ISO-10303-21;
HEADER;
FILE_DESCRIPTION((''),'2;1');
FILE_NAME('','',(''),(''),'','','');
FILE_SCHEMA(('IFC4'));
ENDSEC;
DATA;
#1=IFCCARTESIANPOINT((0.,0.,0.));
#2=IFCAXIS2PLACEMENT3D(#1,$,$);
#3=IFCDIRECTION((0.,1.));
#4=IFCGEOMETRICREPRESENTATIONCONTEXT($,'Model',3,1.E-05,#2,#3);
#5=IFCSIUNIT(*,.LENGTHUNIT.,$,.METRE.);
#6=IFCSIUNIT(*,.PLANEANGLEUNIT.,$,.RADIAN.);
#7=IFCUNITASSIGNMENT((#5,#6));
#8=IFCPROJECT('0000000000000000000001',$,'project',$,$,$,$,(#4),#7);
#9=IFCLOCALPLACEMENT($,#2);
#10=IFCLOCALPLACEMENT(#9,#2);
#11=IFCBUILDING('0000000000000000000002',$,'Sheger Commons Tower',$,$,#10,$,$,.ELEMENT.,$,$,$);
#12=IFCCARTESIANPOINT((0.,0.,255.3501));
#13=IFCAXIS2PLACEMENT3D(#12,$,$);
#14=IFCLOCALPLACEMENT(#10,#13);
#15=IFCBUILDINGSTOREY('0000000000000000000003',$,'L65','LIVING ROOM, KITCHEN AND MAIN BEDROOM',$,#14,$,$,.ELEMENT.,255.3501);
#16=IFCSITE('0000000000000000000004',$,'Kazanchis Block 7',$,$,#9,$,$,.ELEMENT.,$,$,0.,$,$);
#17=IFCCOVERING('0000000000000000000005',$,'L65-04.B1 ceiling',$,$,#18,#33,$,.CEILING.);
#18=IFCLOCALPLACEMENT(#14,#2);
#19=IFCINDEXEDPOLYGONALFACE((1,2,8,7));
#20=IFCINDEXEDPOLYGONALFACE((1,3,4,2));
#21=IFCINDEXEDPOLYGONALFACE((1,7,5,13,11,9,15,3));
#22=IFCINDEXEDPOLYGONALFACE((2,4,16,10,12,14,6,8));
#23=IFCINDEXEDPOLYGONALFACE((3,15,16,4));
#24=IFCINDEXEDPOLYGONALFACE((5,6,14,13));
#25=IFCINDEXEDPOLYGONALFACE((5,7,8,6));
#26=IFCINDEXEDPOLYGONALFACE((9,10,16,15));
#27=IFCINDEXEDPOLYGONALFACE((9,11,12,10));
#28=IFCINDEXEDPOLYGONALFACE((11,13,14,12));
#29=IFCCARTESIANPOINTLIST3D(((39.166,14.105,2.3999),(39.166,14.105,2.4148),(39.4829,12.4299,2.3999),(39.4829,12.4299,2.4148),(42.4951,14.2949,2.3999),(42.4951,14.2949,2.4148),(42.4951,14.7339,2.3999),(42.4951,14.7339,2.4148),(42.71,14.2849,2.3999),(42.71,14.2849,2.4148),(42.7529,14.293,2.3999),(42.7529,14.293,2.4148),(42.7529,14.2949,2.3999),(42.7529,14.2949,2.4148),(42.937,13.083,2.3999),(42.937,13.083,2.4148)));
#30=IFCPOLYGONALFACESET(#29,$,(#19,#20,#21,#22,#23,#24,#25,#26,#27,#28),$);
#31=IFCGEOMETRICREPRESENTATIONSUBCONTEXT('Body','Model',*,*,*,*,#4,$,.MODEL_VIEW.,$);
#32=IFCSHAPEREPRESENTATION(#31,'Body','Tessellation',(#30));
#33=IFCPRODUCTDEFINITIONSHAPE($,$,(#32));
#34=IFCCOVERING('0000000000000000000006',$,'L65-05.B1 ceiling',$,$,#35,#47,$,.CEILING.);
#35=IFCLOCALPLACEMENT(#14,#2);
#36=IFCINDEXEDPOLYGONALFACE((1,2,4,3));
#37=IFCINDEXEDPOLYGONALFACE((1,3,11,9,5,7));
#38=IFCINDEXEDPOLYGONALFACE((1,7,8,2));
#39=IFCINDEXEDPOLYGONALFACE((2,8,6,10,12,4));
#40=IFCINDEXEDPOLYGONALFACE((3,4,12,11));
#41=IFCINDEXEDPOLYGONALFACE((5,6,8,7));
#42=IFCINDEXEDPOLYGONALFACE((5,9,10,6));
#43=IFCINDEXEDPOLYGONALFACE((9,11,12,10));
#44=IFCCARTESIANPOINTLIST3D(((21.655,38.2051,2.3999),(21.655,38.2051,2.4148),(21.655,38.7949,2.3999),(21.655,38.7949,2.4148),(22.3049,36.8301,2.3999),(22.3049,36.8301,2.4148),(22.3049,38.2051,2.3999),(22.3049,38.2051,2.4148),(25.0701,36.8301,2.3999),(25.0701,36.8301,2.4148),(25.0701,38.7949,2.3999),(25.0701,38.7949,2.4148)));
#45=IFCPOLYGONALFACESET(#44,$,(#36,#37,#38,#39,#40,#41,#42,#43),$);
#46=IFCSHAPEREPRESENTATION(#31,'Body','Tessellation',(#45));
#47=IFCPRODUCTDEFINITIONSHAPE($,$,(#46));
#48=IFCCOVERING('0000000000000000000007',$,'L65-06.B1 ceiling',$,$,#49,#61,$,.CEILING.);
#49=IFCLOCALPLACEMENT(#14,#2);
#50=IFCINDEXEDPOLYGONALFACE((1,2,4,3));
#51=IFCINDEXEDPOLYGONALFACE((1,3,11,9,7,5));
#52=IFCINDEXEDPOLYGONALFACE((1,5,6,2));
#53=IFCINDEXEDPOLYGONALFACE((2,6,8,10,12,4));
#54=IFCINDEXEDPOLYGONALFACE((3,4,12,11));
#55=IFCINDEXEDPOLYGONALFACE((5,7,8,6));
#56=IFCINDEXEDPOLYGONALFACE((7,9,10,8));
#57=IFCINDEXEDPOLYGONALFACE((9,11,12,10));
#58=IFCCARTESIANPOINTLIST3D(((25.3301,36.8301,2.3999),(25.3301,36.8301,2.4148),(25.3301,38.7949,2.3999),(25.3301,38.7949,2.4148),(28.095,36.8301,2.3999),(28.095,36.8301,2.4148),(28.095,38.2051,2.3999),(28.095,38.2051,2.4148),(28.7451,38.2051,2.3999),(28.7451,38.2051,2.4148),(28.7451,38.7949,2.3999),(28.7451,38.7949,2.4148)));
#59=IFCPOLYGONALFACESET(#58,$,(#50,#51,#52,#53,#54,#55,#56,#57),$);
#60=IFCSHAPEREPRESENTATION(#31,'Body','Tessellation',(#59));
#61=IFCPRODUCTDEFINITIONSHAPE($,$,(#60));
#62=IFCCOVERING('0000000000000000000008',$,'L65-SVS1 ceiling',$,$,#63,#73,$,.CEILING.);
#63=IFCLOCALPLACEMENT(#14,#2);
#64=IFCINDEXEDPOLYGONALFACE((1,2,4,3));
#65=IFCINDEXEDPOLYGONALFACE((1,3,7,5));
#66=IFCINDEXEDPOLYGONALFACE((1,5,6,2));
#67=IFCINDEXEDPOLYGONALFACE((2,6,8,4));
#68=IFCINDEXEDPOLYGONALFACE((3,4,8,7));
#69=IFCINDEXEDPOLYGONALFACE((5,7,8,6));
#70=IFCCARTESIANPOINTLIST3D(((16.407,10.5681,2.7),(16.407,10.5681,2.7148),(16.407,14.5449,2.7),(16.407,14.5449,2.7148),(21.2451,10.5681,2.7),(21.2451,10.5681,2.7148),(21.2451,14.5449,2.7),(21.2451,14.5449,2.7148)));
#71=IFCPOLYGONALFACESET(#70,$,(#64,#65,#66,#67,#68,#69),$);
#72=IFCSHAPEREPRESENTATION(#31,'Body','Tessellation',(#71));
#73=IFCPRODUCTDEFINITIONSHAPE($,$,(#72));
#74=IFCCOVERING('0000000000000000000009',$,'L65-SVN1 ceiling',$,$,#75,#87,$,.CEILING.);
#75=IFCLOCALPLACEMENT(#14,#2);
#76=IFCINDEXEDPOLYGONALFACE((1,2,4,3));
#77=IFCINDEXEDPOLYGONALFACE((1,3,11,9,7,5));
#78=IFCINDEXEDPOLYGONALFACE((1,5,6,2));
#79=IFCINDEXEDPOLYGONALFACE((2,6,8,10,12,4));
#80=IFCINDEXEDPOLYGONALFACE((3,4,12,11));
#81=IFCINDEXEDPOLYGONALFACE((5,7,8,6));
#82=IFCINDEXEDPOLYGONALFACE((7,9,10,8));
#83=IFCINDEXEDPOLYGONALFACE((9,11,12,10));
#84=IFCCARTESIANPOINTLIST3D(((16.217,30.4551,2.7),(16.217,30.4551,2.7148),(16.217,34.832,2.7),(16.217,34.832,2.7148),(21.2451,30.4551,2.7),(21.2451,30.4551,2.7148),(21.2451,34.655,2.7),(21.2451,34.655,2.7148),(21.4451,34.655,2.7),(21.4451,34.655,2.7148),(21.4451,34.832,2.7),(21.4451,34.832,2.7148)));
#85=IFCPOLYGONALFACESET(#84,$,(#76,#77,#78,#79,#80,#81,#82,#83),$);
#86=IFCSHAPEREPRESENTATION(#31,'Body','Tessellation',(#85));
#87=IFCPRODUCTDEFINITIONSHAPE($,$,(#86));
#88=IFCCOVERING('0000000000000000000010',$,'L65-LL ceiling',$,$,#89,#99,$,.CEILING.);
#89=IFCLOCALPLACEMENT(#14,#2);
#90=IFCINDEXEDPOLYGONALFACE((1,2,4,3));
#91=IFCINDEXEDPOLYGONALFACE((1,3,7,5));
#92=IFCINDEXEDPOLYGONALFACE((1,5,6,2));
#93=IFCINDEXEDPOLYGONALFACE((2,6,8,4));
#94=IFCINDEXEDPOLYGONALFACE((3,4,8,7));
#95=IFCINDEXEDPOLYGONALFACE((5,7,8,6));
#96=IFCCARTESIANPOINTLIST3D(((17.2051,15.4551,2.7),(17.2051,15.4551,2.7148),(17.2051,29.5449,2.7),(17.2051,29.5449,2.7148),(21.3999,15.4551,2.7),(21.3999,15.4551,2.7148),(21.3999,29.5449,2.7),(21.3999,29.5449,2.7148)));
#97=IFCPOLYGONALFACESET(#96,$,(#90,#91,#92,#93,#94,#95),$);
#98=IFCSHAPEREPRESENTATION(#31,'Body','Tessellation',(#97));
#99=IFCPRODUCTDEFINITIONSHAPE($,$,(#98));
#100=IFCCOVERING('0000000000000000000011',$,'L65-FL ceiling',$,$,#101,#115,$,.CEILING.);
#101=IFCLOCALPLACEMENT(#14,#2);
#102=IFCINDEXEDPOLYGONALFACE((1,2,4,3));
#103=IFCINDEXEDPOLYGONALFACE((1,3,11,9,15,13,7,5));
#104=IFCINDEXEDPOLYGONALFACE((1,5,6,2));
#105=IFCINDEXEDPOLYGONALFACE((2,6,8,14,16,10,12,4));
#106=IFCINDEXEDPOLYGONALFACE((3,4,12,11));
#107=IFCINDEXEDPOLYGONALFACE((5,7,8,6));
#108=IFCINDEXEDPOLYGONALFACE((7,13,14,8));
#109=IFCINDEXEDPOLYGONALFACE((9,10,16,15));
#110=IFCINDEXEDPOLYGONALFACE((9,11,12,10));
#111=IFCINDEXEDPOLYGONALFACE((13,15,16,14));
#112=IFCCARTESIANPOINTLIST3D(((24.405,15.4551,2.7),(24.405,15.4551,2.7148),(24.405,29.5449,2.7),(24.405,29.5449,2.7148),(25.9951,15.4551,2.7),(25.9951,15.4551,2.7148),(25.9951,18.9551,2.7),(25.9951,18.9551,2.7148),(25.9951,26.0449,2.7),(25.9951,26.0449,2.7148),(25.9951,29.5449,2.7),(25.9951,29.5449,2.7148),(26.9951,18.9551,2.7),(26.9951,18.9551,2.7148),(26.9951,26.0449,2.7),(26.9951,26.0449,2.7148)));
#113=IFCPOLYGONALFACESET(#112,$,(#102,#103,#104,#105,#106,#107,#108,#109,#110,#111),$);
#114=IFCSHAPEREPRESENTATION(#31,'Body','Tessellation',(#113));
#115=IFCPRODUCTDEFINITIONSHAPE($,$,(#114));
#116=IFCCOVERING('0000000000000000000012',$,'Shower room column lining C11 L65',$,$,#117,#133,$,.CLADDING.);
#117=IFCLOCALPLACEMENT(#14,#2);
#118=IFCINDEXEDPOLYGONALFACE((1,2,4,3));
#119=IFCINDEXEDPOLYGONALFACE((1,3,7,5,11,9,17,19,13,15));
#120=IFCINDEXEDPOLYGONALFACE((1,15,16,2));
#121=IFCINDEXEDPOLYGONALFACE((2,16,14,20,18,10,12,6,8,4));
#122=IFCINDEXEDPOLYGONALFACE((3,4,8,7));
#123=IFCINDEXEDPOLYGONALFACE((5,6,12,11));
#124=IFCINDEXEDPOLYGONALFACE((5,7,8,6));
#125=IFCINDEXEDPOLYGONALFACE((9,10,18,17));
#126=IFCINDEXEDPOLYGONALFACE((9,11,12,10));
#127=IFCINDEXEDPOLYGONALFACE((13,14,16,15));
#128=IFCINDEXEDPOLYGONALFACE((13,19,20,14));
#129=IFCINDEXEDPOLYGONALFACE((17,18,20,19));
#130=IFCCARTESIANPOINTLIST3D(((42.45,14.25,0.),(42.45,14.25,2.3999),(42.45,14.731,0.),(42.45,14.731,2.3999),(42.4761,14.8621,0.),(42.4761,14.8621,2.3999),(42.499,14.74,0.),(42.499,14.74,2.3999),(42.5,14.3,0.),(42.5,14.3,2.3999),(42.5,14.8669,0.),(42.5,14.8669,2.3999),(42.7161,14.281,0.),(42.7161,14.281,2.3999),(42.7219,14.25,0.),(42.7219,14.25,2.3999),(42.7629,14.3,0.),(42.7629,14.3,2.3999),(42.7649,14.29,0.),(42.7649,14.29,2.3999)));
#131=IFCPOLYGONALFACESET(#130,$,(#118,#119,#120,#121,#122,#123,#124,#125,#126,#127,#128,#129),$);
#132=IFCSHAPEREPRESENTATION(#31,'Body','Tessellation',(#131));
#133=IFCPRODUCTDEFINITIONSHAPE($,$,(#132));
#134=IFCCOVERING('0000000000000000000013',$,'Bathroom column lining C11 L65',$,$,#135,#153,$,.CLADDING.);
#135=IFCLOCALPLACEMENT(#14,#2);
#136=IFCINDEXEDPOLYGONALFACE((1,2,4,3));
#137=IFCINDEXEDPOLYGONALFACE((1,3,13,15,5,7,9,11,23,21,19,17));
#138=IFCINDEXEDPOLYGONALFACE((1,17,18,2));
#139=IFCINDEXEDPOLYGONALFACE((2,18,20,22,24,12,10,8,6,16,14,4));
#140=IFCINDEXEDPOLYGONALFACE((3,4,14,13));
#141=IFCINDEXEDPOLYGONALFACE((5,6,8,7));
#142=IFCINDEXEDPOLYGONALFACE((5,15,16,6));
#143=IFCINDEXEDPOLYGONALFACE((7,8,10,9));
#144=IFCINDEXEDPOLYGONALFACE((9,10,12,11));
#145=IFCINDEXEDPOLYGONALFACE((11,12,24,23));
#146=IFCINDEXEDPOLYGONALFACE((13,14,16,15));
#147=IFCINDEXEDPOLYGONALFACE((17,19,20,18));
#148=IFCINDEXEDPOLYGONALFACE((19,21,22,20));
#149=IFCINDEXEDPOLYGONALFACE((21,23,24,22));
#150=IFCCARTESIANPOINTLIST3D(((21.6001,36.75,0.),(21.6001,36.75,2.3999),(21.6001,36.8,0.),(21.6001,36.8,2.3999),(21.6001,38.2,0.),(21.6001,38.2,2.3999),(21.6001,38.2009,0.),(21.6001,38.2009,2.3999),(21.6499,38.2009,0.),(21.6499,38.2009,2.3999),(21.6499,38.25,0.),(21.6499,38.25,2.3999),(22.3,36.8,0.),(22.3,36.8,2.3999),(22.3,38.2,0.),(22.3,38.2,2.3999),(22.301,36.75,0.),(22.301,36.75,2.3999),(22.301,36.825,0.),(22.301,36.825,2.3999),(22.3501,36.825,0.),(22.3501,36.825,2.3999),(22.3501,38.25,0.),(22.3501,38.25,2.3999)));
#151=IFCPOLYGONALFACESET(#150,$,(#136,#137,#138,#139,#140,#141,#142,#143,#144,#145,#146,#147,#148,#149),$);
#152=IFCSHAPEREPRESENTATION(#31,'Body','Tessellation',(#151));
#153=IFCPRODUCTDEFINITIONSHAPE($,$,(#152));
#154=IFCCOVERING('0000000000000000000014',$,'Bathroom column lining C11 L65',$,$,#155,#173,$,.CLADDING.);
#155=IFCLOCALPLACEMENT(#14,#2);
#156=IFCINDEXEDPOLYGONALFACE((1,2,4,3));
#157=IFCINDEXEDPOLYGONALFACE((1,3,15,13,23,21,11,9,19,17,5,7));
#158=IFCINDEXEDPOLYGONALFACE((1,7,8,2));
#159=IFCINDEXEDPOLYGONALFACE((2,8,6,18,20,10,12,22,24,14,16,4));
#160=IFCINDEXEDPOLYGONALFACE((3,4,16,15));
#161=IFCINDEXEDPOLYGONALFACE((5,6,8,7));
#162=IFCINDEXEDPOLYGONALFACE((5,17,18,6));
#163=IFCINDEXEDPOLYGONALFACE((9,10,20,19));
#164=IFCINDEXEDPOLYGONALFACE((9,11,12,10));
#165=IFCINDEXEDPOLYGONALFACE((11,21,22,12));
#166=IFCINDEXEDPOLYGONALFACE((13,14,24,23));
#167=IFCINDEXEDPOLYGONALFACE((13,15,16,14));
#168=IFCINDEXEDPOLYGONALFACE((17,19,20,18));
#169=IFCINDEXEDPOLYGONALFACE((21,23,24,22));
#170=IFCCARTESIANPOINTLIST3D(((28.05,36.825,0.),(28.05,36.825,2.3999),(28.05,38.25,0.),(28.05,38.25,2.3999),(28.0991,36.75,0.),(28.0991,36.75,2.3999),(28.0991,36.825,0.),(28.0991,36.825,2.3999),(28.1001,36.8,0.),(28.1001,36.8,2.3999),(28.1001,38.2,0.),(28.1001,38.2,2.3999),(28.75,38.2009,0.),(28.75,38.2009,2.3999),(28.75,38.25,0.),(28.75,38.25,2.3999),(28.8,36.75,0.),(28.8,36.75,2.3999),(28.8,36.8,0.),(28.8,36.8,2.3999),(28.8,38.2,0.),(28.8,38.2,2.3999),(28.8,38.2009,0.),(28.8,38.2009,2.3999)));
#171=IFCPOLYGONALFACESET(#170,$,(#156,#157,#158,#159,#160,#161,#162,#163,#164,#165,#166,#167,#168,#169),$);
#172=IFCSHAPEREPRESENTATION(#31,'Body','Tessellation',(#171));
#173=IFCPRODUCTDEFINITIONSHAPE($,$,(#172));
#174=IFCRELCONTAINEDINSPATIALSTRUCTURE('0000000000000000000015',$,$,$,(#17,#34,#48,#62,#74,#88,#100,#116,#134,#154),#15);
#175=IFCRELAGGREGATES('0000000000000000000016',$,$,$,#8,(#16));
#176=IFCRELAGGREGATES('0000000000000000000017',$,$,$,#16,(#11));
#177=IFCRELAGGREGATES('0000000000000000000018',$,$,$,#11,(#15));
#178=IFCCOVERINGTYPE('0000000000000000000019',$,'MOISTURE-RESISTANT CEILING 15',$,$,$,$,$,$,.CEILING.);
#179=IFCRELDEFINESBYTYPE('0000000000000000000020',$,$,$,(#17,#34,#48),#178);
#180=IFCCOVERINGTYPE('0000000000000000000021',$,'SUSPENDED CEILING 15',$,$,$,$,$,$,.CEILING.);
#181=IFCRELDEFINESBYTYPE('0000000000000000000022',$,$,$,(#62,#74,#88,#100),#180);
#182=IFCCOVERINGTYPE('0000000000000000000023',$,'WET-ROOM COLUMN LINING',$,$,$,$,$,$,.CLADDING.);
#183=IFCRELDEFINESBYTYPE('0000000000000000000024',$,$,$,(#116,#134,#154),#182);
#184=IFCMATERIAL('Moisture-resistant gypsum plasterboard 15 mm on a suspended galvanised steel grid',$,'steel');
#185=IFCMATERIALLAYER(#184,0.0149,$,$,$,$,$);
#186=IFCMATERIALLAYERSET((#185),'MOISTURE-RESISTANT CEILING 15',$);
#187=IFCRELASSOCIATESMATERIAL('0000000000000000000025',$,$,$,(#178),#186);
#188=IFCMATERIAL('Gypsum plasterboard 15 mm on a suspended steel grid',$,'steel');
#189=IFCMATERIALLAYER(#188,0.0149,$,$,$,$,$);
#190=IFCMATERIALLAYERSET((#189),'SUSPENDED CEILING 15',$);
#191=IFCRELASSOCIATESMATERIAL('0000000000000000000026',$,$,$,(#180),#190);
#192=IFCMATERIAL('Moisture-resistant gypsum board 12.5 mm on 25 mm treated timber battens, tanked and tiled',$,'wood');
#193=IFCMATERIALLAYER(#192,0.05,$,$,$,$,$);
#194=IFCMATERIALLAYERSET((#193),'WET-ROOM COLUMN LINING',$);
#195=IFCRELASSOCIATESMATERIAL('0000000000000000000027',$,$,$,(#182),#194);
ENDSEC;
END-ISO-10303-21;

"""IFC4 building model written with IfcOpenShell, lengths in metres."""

from ifc_helpers import new_model, si_unit, direction, frame, origin, place, context, subcontext, project, spatial, polyline, outline, extrude, material, layer, layer_set, type_object, element, save


model = new_model("IFC4")

# Units and contexts
model_context = context("Model", 3, precision=1e-05, world=origin(), true_north=direction((0.0, 1.0)))
body_context = subcontext(model_context, "Body", "Model", "MODEL_VIEW")
ifc_project = project(units=[si_unit("LENGTHUNIT", "METRE"), si_unit("PLANEANGLEUNIT", "RADIAN")], contexts=[model_context])

# Site, building, storey
site_placement = place(None, origin())
site = spatial("IfcSite", under=ifc_project, at=site_placement, Name="Kazanchis Block 7", CompositionType="ELEMENT", RefElevation=0.0)
building_placement = place(site_placement, origin())
building = spatial("IfcBuilding", under=site, at=building_placement, Name="Sheger Commons Tower", CompositionType="ELEMENT")
storey_placement = place(building_placement, frame((0.0, 0.0, 255.3501)))
storey = spatial("IfcBuildingStorey", under=building, at=storey_placement, Name="L65", Description="LIVING ROOM, KITCHEN AND MAIN BEDROOM", CompositionType="ELEMENT", Elevation=255.3501)

# Coverings
ifc_material_1 = material(Name="Moisture-resistant gypsum plasterboard 15 mm on a suspended galvanised steel grid", Category="steel")
ifc_layer_1 = layer(ifc_material_1, 0.0149)
ifc_layer_set_1 = layer_set([ifc_layer_1], Name="MOISTURE-RESISTANT CEILING 15")
covering_type_1 = type_object("IfcCoveringType", Name="MOISTURE-RESISTANT CEILING 15", PredefinedType="CEILING", material=ifc_layer_set_1)
covering_1_placement = place(storey_placement, frame((0.0, 0.0, 2.3999)))
element("IfcCovering", 1, at=covering_1_placement, inside=storey, type_object=covering_type_1, Name="L65-04.B1 ceiling", PredefinedType="CEILING", context=body_context, shape_type="SweptSolid", body=[
    extrude(outline(polyline([(39.4829, 12.4299), (42.937, 13.083), (42.71, 14.2849), (42.7529, 14.293), (42.7529, 14.2949), (42.4951, 14.2949), (42.4951, 14.7339), (39.166, 14.105), (39.4829, 12.4299)])), origin(), (0.0, 0.0, 1.0), 0.0149),
])
covering_2_placement = place(storey_placement, frame((0.0, 0.0, 2.3999)))
element("IfcCovering", 2, at=covering_2_placement, inside=storey, type_object=covering_type_1, Name="L65-05.B1 ceiling", PredefinedType="CEILING", context=body_context, shape_type="SweptSolid", body=[
    extrude(outline(polyline([(22.3049, 36.8301), (25.0701, 36.8301), (25.0701, 38.7949), (21.655, 38.7949), (21.655, 38.2051), (22.3049, 38.2051), (22.3049, 36.8301)])), origin(), (0.0, 0.0, 1.0), 0.0149),
])
covering_3_placement = place(storey_placement, frame((0.0, 0.0, 2.3999)))
element("IfcCovering", 3, at=covering_3_placement, inside=storey, type_object=covering_type_1, Name="L65-06.B1 ceiling", PredefinedType="CEILING", context=body_context, shape_type="SweptSolid", body=[
    extrude(outline(polyline([(25.3301, 36.8301), (28.095, 36.8301), (28.095, 38.2051), (28.7451, 38.2051), (28.7451, 38.7949), (25.3301, 38.7949), (25.3301, 36.8301)])), origin(), (0.0, 0.0, 1.0), 0.0149),
])
ifc_material_2 = material(Name="Gypsum plasterboard 15 mm on a suspended steel grid", Category="steel")
ifc_layer_2 = layer(ifc_material_2, 0.0149)
ifc_layer_set_2 = layer_set([ifc_layer_2], Name="SUSPENDED CEILING 15")
covering_type_2 = type_object("IfcCoveringType", Name="SUSPENDED CEILING 15", PredefinedType="CEILING", material=ifc_layer_set_2)
covering_4_placement = place(storey_placement, frame((0.0, 0.0, 2.7)))
element("IfcCovering", 4, at=covering_4_placement, inside=storey, type_object=covering_type_2, Name="L65-SVS1 ceiling", PredefinedType="CEILING", context=body_context, shape_type="SweptSolid", body=[
    extrude(outline(polyline([(16.407, 10.5681), (21.2451, 10.5681), (21.2451, 14.5449), (16.407, 14.5449), (16.407, 10.5681)])), origin(), (0.0, 0.0, 1.0), 0.0149),
])
covering_5_placement = place(storey_placement, frame((0.0, 0.0, 2.7)))
element("IfcCovering", 5, at=covering_5_placement, inside=storey, type_object=covering_type_2, Name="L65-SVN1 ceiling", PredefinedType="CEILING", context=body_context, shape_type="SweptSolid", body=[
    extrude(outline(polyline([(16.217, 30.4551), (21.2451, 30.4551), (21.2451, 34.655), (21.4451, 34.655), (21.4451, 34.832), (16.217, 34.832), (16.217, 30.4551)])), origin(), (0.0, 0.0, 1.0), 0.0149),
])
covering_6_placement = place(storey_placement, frame((0.0, 0.0, 2.7)))
element("IfcCovering", 6, at=covering_6_placement, inside=storey, type_object=covering_type_2, Name="L65-LL ceiling", PredefinedType="CEILING", context=body_context, shape_type="SweptSolid", body=[
    extrude(outline(polyline([(17.2051, 15.4551), (21.3999, 15.4551), (21.3999, 29.5449), (17.2051, 29.5449), (17.2051, 15.4551)])), origin(), (0.0, 0.0, 1.0), 0.0149),
])
covering_7_placement = place(storey_placement, frame((0.0, 0.0, 2.7)))
element("IfcCovering", 7, at=covering_7_placement, inside=storey, type_object=covering_type_2, Name="L65-FL ceiling", PredefinedType="CEILING", context=body_context, shape_type="SweptSolid", body=[
    extrude(outline(polyline([(24.405, 15.4551), (25.9951, 15.4551), (25.9951, 18.9551), (26.9951, 18.9551), (26.9951, 26.0449), (25.9951, 26.0449), (25.9951, 29.5449), (24.405, 29.5449), (24.405, 15.4551)])), origin(), (0.0, 0.0, 1.0), 0.0149),
])
ifc_material_3 = material(Name="Moisture-resistant gypsum board 12.5 mm on 25 mm treated timber battens, tanked and tiled", Category="wood")
ifc_layer_3 = layer(ifc_material_3, 0.05)
ifc_layer_set_3 = layer_set([ifc_layer_3], Name="WET-ROOM COLUMN LINING")
covering_type_3 = type_object("IfcCoveringType", Name="WET-ROOM COLUMN LINING", PredefinedType="CLADDING", material=ifc_layer_set_3)
covering_8_placement = place(storey_placement, origin())
element("IfcCovering", 8, at=covering_8_placement, inside=storey, type_object=covering_type_3, Name="Shower room column lining C11 L65", PredefinedType="CLADDING", context=body_context, shape_type="SweptSolid", body=[
    extrude(outline(polyline([(42.5, 14.8669), (42.5, 14.3), (42.7629, 14.3), (42.7649, 14.29), (42.7161, 14.281), (42.7219, 14.25), (42.45, 14.25), (42.45, 14.731), (42.499, 14.74), (42.4761, 14.8621), (42.5, 14.8669)])), origin(), (0.0, 0.0, 1.0), 2.3999),
])
covering_9_placement = place(storey_placement, origin())
element("IfcCovering", 9, at=covering_9_placement, inside=storey, type_object=covering_type_3, Name="Bathroom column lining C11 L65", PredefinedType="CLADDING", context=body_context, shape_type="SweptSolid", body=[
    extrude(outline(polyline([(22.3501, 36.825), (22.301, 36.825), (22.301, 36.75), (21.6001, 36.75), (21.6001, 36.8), (22.3, 36.8), (22.3, 38.2), (21.6001, 38.2), (21.6001, 38.2009), (21.6499, 38.2009), (21.6499, 38.25), (22.3501, 38.25), (22.3501, 36.825)])), origin(), (0.0, 0.0, 1.0), 2.3999),
])
covering_10_placement = place(storey_placement, origin())
element("IfcCovering", 10, at=covering_10_placement, inside=storey, type_object=covering_type_3, Name="Bathroom column lining C11 L65", PredefinedType="CLADDING", context=body_context, shape_type="SweptSolid", body=[
    extrude(outline(polyline([(28.75, 38.25), (28.75, 38.2009), (28.8, 38.2009), (28.8, 38.2), (28.1001, 38.2), (28.1001, 36.8), (28.8, 36.8), (28.8, 36.75), (28.0991, 36.75), (28.0991, 36.825), (28.05, 36.825), (28.05, 38.25), (28.75, 38.25)])), origin(), (0.0, 0.0, 1.0), 2.3999),
])

save(model, "model.ifc")
